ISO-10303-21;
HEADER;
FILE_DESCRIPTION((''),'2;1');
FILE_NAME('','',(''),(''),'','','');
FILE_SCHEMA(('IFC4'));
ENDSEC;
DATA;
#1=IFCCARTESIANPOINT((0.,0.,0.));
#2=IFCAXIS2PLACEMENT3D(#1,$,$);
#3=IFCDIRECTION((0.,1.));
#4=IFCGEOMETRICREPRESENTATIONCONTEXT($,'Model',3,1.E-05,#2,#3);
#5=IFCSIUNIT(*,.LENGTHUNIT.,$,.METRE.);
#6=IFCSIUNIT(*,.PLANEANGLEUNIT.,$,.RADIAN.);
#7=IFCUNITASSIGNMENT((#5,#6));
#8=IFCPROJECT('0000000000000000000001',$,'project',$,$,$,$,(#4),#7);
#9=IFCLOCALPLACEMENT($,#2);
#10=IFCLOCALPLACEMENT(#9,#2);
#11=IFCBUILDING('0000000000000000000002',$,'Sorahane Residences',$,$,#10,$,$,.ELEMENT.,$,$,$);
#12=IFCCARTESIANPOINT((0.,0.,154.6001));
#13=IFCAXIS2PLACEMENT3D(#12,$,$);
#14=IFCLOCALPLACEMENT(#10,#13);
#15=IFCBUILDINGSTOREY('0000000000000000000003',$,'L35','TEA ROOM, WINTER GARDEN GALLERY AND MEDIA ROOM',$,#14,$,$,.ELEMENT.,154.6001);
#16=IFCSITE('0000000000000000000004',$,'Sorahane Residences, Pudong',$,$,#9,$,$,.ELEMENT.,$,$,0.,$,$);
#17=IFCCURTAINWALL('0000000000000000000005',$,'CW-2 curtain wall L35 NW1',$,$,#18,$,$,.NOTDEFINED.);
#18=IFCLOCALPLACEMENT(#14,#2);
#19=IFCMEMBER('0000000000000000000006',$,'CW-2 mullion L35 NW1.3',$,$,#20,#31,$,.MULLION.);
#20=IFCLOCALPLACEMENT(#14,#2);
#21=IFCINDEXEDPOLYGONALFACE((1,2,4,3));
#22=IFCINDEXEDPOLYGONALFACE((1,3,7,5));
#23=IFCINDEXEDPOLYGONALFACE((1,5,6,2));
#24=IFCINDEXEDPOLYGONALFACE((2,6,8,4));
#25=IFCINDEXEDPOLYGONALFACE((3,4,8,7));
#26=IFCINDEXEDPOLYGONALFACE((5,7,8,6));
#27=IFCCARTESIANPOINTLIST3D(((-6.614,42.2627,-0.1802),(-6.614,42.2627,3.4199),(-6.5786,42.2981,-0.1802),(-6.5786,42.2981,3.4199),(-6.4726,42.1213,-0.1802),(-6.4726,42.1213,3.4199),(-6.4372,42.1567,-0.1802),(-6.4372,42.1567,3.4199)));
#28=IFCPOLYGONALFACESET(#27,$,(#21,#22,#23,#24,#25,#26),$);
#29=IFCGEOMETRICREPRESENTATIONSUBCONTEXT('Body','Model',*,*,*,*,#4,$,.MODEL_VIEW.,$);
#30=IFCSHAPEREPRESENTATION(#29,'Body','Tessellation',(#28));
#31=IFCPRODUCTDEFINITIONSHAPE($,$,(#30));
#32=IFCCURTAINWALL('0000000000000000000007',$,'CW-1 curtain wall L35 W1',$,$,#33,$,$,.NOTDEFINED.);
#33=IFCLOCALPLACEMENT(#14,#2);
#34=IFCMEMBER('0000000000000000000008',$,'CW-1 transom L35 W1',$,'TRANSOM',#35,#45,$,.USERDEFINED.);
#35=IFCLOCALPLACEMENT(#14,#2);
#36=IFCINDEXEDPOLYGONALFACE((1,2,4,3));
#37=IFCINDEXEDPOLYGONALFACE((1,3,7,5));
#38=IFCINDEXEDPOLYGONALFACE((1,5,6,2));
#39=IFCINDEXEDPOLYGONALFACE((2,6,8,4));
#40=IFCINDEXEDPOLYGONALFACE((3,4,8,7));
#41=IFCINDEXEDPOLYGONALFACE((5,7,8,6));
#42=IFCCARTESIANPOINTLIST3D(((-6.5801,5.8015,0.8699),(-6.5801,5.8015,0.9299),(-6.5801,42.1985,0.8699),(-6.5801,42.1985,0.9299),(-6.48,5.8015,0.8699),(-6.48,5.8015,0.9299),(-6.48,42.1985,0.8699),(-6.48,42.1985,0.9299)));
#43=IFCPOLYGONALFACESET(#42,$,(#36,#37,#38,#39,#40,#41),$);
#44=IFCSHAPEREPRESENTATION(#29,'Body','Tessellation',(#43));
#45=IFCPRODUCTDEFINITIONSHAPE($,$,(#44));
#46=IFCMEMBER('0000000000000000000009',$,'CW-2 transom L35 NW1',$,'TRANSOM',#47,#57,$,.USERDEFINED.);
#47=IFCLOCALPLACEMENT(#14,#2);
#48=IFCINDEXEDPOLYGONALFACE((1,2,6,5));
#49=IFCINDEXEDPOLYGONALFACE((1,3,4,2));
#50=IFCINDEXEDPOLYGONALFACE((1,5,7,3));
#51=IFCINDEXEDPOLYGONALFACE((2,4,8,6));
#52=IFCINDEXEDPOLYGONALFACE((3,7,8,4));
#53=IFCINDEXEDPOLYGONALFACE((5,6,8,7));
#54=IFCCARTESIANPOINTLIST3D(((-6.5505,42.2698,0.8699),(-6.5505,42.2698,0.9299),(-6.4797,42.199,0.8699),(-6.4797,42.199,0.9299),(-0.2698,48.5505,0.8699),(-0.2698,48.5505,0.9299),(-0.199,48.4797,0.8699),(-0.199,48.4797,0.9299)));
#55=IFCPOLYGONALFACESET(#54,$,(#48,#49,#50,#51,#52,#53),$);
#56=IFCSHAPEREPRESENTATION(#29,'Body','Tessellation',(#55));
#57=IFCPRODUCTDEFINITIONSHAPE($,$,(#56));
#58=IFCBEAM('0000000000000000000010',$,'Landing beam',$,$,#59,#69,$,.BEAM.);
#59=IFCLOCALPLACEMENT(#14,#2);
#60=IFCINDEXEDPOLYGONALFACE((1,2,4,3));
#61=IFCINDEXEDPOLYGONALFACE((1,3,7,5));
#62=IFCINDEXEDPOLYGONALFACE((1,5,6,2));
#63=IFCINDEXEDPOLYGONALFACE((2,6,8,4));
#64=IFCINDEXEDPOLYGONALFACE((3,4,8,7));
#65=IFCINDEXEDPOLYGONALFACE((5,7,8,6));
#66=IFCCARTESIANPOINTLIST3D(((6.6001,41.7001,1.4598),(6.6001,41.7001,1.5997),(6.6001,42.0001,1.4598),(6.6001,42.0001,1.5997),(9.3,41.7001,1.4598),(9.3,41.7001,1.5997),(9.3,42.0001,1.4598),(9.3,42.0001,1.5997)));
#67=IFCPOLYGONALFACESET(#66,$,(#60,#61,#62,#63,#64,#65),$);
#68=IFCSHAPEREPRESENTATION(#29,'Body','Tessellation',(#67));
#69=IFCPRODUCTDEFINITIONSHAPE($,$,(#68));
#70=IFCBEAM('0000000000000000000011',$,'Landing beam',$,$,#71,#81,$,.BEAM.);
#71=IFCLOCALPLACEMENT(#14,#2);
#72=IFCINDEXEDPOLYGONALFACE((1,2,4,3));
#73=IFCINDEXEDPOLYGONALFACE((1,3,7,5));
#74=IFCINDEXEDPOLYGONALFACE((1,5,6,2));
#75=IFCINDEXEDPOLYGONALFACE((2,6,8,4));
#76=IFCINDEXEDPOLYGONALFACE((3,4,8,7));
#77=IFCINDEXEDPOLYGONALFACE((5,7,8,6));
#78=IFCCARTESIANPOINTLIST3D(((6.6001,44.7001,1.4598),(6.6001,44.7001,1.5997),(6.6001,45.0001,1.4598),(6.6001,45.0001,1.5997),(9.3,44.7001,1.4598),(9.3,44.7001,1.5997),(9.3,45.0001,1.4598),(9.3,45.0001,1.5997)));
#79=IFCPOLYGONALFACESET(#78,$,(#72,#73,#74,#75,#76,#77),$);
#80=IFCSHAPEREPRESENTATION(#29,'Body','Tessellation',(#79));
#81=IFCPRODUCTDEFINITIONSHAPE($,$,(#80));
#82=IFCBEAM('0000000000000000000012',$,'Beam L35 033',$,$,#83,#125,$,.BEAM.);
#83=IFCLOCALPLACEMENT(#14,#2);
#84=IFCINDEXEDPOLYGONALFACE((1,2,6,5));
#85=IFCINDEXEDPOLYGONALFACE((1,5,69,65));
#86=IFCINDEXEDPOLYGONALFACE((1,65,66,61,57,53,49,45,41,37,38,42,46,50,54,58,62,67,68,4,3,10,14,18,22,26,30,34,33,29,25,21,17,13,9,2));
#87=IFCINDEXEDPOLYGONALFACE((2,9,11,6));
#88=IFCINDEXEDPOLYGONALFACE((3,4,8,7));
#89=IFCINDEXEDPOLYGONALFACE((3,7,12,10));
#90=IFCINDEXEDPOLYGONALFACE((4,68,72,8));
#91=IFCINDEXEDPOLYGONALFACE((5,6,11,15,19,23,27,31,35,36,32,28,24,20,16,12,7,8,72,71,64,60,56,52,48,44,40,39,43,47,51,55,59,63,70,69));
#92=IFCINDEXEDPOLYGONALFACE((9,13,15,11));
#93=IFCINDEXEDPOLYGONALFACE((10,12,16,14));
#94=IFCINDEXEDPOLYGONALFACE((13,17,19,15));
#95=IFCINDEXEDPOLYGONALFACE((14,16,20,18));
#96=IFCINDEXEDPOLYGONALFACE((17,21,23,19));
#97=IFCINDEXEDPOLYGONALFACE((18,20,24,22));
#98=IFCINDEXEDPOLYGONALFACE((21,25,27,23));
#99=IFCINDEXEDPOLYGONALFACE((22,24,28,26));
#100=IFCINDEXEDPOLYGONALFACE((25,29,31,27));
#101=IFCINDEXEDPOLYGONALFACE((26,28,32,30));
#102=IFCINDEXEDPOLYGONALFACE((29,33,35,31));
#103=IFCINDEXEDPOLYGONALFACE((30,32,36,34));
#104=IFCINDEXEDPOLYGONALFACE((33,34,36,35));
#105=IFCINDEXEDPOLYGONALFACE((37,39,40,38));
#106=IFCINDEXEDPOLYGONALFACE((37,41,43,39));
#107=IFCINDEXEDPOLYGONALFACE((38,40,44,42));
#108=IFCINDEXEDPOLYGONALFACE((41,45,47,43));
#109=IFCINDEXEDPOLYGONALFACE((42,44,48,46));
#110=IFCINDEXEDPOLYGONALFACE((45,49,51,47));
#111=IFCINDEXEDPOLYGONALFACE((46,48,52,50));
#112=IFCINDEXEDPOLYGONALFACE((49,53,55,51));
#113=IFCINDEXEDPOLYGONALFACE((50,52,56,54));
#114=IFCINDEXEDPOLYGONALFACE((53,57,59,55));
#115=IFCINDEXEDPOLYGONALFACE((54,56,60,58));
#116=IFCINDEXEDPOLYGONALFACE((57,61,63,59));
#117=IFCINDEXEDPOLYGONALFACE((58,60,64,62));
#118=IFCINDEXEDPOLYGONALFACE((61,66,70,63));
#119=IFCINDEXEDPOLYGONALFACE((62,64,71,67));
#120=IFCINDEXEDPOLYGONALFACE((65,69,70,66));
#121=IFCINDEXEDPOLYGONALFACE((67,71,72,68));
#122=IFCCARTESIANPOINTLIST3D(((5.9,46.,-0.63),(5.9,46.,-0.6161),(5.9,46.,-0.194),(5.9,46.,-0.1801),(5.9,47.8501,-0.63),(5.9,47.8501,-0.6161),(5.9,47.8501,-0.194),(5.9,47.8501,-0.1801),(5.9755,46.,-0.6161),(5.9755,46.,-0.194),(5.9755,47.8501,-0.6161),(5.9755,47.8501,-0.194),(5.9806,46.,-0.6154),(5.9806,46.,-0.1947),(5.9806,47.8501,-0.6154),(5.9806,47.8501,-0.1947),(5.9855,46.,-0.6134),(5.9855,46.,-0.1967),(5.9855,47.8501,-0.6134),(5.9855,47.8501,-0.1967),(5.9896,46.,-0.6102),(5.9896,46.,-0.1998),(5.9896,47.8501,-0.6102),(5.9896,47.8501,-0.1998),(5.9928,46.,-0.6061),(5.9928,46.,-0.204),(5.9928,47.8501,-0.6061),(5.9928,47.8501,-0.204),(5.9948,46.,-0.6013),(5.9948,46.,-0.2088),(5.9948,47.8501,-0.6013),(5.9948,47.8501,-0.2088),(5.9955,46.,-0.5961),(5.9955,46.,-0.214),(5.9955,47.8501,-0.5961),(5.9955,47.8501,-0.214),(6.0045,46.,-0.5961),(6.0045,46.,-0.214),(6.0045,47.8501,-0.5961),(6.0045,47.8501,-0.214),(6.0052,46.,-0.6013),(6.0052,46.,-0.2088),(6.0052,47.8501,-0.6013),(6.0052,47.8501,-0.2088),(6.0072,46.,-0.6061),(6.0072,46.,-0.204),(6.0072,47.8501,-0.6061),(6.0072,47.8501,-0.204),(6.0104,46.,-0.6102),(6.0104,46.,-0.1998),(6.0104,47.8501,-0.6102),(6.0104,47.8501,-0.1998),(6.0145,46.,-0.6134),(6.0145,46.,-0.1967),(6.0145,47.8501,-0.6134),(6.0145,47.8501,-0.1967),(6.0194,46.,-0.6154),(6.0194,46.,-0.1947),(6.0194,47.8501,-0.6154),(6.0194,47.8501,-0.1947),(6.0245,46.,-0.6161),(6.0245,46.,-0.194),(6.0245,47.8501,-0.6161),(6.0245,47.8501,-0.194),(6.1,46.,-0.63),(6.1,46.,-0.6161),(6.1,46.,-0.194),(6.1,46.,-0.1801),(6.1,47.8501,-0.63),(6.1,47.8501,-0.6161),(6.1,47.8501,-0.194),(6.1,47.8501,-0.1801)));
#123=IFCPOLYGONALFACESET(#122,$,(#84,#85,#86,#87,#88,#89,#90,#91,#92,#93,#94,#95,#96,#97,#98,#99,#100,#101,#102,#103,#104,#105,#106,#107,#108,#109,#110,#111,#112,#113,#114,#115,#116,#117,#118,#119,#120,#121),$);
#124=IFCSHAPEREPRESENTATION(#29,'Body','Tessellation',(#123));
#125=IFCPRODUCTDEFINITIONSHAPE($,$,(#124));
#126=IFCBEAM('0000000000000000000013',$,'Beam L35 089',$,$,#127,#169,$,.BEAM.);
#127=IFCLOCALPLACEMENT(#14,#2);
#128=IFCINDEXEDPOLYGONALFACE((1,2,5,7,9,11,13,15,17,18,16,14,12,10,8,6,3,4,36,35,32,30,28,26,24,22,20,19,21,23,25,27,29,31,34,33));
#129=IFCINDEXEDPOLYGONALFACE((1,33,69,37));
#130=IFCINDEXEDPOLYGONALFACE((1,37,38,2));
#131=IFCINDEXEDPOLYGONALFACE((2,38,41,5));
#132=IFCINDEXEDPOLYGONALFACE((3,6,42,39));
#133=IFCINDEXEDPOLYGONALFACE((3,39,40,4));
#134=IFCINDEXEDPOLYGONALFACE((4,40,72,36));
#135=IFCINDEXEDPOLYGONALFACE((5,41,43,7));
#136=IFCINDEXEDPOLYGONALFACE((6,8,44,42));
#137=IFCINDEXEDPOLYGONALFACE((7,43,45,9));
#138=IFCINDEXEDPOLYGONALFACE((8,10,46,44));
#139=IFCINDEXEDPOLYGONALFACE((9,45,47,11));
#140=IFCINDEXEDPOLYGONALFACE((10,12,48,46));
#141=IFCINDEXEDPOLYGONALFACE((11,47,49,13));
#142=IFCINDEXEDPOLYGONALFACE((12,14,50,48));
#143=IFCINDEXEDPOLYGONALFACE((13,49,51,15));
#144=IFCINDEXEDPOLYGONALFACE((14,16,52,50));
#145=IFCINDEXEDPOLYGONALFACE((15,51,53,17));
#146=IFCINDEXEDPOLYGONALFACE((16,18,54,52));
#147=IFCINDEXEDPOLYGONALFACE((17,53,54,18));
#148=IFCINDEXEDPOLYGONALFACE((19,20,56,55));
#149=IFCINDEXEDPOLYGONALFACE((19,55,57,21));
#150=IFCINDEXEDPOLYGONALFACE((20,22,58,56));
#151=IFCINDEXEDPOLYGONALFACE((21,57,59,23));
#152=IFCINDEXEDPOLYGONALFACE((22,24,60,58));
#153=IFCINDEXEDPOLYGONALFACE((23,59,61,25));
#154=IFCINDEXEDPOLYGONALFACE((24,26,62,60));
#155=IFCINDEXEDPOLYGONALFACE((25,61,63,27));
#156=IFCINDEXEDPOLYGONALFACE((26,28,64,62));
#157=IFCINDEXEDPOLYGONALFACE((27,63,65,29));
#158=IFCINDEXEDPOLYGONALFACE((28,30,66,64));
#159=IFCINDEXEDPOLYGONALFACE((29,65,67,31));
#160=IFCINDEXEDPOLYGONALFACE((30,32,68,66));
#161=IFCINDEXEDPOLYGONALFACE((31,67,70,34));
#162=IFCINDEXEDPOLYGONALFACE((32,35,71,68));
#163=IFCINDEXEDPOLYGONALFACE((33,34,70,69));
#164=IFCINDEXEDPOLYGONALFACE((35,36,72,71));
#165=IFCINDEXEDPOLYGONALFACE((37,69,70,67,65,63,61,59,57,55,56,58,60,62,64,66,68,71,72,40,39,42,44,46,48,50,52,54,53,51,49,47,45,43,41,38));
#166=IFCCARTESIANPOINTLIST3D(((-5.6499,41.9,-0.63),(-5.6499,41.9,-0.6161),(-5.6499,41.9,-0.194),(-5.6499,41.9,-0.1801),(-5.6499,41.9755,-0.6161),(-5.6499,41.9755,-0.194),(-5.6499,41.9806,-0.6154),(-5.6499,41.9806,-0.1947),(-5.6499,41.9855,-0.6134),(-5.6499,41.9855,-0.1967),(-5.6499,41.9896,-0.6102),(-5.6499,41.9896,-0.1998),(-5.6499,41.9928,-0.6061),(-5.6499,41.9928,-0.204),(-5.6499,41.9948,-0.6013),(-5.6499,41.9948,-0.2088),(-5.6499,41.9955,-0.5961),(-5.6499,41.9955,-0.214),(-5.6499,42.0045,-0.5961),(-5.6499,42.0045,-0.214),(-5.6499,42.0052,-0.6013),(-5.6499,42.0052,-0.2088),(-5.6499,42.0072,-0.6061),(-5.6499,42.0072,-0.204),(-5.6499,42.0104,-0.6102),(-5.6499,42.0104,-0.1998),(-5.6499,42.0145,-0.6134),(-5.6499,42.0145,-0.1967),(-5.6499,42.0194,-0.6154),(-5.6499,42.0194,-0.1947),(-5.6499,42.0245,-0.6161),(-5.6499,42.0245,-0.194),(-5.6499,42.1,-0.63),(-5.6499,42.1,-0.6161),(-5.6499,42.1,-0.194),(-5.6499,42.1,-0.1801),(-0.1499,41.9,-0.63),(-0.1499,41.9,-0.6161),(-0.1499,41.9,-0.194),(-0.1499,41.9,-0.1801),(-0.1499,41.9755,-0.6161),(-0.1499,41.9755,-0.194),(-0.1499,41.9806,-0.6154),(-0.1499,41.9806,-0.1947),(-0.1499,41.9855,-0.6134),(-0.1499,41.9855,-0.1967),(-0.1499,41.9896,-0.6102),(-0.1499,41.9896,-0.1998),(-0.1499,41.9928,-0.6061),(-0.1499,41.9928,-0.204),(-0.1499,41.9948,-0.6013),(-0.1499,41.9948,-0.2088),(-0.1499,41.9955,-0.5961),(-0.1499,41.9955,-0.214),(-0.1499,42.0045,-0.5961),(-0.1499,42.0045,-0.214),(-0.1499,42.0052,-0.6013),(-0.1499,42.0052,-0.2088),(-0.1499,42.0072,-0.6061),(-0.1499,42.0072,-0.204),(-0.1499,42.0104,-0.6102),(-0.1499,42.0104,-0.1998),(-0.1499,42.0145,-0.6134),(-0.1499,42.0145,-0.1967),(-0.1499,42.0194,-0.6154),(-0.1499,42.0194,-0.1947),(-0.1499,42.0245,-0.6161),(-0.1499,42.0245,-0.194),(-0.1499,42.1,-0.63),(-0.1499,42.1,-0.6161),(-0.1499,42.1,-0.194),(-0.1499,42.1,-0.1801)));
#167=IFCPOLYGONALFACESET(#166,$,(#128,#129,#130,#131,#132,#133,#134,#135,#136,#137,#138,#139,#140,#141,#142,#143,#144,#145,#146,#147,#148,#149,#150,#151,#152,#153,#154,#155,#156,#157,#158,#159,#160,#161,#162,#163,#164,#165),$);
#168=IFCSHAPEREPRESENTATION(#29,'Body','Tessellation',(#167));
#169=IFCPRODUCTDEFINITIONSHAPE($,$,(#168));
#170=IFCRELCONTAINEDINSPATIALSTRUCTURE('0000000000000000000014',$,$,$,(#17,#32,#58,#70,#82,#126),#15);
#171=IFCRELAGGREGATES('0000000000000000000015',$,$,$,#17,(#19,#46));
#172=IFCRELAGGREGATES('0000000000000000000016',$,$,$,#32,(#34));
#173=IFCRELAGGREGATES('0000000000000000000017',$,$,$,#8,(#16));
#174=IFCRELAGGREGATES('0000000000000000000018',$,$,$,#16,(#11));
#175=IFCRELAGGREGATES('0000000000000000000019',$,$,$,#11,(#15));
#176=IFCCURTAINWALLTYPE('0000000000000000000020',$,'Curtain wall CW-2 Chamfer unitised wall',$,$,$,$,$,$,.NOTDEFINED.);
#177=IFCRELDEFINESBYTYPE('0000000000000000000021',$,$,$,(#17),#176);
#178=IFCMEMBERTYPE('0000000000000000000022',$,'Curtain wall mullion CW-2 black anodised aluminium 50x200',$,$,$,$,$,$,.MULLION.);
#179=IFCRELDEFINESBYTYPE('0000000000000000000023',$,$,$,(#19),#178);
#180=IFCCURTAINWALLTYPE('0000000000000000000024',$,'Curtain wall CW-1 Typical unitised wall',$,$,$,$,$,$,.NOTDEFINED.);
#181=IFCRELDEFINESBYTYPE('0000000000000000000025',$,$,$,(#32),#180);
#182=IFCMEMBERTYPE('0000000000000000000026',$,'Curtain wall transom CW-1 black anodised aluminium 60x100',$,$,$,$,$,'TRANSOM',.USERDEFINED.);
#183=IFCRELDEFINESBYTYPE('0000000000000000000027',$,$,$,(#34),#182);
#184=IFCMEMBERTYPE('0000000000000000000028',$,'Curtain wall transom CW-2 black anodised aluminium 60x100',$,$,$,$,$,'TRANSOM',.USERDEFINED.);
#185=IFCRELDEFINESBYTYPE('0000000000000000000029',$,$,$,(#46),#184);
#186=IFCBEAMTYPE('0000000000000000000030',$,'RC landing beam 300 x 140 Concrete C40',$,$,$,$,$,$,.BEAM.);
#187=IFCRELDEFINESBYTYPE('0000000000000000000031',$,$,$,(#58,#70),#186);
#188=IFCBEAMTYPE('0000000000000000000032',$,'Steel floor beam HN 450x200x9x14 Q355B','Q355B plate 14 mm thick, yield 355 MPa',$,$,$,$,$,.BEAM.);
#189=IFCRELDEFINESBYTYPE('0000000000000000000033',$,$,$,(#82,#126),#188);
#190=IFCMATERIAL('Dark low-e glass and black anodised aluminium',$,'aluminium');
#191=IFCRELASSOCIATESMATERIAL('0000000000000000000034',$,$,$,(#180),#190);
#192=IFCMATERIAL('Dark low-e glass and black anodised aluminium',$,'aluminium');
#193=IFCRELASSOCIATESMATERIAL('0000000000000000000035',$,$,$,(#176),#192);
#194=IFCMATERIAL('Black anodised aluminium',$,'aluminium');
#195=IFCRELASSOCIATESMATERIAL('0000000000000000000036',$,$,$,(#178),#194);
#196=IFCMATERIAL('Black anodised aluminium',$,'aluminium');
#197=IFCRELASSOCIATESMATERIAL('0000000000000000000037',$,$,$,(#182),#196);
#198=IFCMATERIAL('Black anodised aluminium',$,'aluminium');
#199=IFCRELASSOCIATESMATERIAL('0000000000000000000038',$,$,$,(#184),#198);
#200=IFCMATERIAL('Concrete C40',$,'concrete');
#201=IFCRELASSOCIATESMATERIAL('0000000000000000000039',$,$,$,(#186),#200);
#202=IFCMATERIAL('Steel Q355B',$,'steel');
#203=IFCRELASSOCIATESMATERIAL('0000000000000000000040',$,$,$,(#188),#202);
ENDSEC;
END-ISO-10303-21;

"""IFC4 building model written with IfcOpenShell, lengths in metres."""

from ifc_helpers import new_model, si_unit, direction, frame, origin, origin_2d, place, context, subcontext, project, spatial, rectangle, i_section, extrude, material, material_profile, profile_set, type_object, element, aggregate, save


model = new_model("IFC4")

# Units and contexts
model_context = context("Model", 3, precision=1e-05, world=origin(), true_north=direction((0.0, 1.0)))
body_context = subcontext(model_context, "Body", "Model", "MODEL_VIEW")
ifc_project = project(units=[si_unit("LENGTHUNIT", "METRE"), si_unit("PLANEANGLEUNIT", "RADIAN")], contexts=[model_context])

# Site, building, storey
site_placement = place(None, origin())
site = spatial("IfcSite", under=ifc_project, at=site_placement, Name="Sorahane Residences, Pudong", CompositionType="ELEMENT", RefElevation=0.0)
building_placement = place(site_placement, origin())
building = spatial("IfcBuilding", under=site, at=building_placement, Name="Sorahane Residences", CompositionType="ELEMENT")
storey_placement = place(building_placement, frame((0.0, 0.0, 154.6001)))
storey = spatial("IfcBuildingStorey", under=building, at=storey_placement, Name="L35", Description="TEA ROOM, WINTER GARDEN GALLERY AND MEDIA ROOM", CompositionType="ELEMENT", Elevation=154.6001)

# Curtain wall, member
ifc_material_1 = material(Name="Dark low-e glass and black anodised aluminium", Category="aluminium")
curtain_wall_type_1 = type_object("IfcCurtainWallType", Name="Curtain wall CW-1 Typical unitised wall", PredefinedType="NOTDEFINED", material=ifc_material_1)
ifc_material_2 = material(Name="Dark low-e glass and black anodised aluminium", Category="aluminium")
curtain_wall_type_2 = type_object("IfcCurtainWallType", Name="Curtain wall CW-2 Chamfer unitised wall", PredefinedType="NOTDEFINED", material=ifc_material_2)
curtain_wall_1_placement = place(storey_placement, origin())
curtain_wall_1 = element("IfcCurtainWall", 1, at=curtain_wall_1_placement, inside=storey, type_object=curtain_wall_type_2, Name="CW-2 curtain wall L35 NW1", PredefinedType="NOTDEFINED")
ifc_material_3 = material(Name="Black anodised aluminium", Category="aluminium")
ifc_material_profile_1 = material_profile(ifc_material_3, rectangle(XDim=0.2, YDim=0.05, at=origin_2d()), Name="Curtain wall mullion CW-2 black anodised aluminium 50x200")
ifc_profile_set_1 = profile_set([ifc_material_profile_1], Name="Black anodised aluminium")
member_type_1 = type_object("IfcMemberType", Name="Curtain wall mullion CW-2 black anodised aluminium 50x200", PredefinedType="MULLION", material=ifc_profile_set_1)
member_1_placement = place(storey_placement, frame((-6.5256, 42.2097, -0.1802), z_axis=(0.0, 0.0, 1.0), x_axis=(-0.707107, 0.707107, 0.0)))
member_1 = element("IfcMember", 2, at=member_1_placement, type_object=member_type_1, Name="CW-2 mullion L35 NW1.3", PredefinedType="MULLION", context=body_context, shape_type="SweptSolid", body=[
    extrude(rectangle(XDim=0.2, YDim=0.05, at=origin_2d()), origin(), (0.0, 0.0, 1.0), 3.6001),
])

# Curtain wall, member
curtain_wall_2_placement = place(storey_placement, origin())
curtain_wall_2 = element("IfcCurtainWall", 3, at=curtain_wall_2_placement, inside=storey, type_object=curtain_wall_type_1, Name="CW-1 curtain wall L35 W1", PredefinedType="NOTDEFINED")
ifc_material_4 = material(Name="Black anodised aluminium", Category="aluminium")
ifc_material_profile_2 = material_profile(ifc_material_4, rectangle(XDim=0.1001, YDim=0.0601, at=origin_2d()), Name="Curtain wall transom CW-1 black anodised aluminium 60x100")
ifc_profile_set_2 = profile_set([ifc_material_profile_2], Name="Black anodised aluminium")
member_type_2 = type_object("IfcMemberType", Name="Curtain wall transom CW-1 black anodised aluminium 60x100", ElementType="TRANSOM", PredefinedType="USERDEFINED", material=ifc_profile_set_2)
member_2_placement = place(storey_placement, frame((-6.53, 42.1985, 0.8999), z_axis=(0.0, -1.0, 0.0), x_axis=(1.0, 0.0, 0.0)))
member_2 = element("IfcMember", 4, at=member_2_placement, type_object=member_type_2, Name="CW-1 transom L35 W1", ObjectType="TRANSOM", PredefinedType="USERDEFINED", context=body_context, shape_type="SweptSolid", body=[
    extrude(rectangle(XDim=0.1001, YDim=0.0601, at=origin_2d()), origin(), (0.0, 0.0, 1.0), 36.397),
])

# Member
ifc_material_5 = material(Name="Black anodised aluminium", Category="aluminium")
ifc_material_profile_3 = material_profile(ifc_material_5, rectangle(XDim=0.1001, YDim=0.0601, at=origin_2d()), Name="Curtain wall transom CW-2 black anodised aluminium 60x100")
ifc_profile_set_3 = profile_set([ifc_material_profile_3], Name="Black anodised aluminium")
member_type_3 = type_object("IfcMemberType", Name="Curtain wall transom CW-2 black anodised aluminium 60x100", ElementType="TRANSOM", PredefinedType="USERDEFINED", material=ifc_profile_set_3)
member_3_placement = place(storey_placement, frame((-0.2344, 48.5151, 0.8999), z_axis=(-0.707107, -0.707107, 0.0), x_axis=(0.707107, -0.707107, 0.0)))
member_3 = element("IfcMember", 5, at=member_3_placement, type_object=member_type_3, Name="CW-2 transom L35 NW1", ObjectType="TRANSOM", PredefinedType="USERDEFINED", context=body_context, shape_type="SweptSolid", body=[
    extrude(rectangle(XDim=0.1001, YDim=0.0601, at=origin_2d()), origin(), (0.0, 0.0, 1.0), 8.8823),
])

# Beams
ifc_material_6 = material(Name="Concrete C40", Category="concrete")
ifc_material_profile_4 = material_profile(ifc_material_6, rectangle(XDim=0.3, YDim=0.1399, at=origin_2d()), Name="300x140")
ifc_profile_set_4 = profile_set([ifc_material_profile_4], Name="Concrete C40")
beam_type_1 = type_object("IfcBeamType", Name="RC landing beam 300 x 140 Concrete C40", PredefinedType="BEAM", material=ifc_profile_set_4)
for number, where, z_axis, x_axis, name in (
    (6, (6.6001, 41.8501, 1.5298), (1.0, 0.0, 0.0), (0.0, 1.0, 0.0), "Landing beam"),
    (7, (6.6001, 44.8501, 1.5298), (1.0, 0.0, 0.0), (0.0, 1.0, 0.0), "Landing beam"),
):
    element("IfcBeam", number, at=place(storey_placement, frame(where, z_axis=z_axis, x_axis=x_axis)), inside=storey, type_object=beam_type_1, Name=name, PredefinedType="BEAM", context=body_context, shape_type="SweptSolid", body=[
        extrude(rectangle(XDim=0.3, YDim=0.1399, at=origin_2d()), origin(), (0.0, 0.0, 1.0), 2.7),
    ])
ifc_material_7 = material(Name="Steel Q355B", Category="steel")
ifc_material_profile_5 = material_profile(ifc_material_7, i_section(OverallWidth=0.2, OverallDepth=0.45, WebThickness=0.009, FlangeThickness=0.0139, FilletRadius=0.02, at=origin_2d()), Name="HN 450x200x9x14")
ifc_profile_set_5 = profile_set([ifc_material_profile_5], Name="Steel Q355B")
beam_type_2 = type_object("IfcBeamType", Name="Steel floor beam HN 450x200x9x14 Q355B", Description="Q355B plate 14 mm thick, yield 355 MPa", PredefinedType="BEAM", material=ifc_profile_set_5)
beam_1_placement = place(storey_placement, frame((6.0, 46.0, -0.405), z_axis=(0.0, 1.0, 0.0), x_axis=(-1.0, 0.0, 0.0)))
element("IfcBeam", 8, at=beam_1_placement, inside=storey, type_object=beam_type_2, Name="Beam L35 033", PredefinedType="BEAM", context=body_context, shape_type="SweptSolid", body=[
    extrude(i_section(OverallWidth=0.2, OverallDepth=0.45, WebThickness=0.009, FlangeThickness=0.0139, FilletRadius=0.02, at=origin_2d()), origin(), (0.0, 0.0, 1.0), 1.8501),
])
beam_2_placement = place(storey_placement, frame((-5.6499, 42.0, -0.405), z_axis=(1.0, 0.0, 0.0), x_axis=(0.0, 1.0, 0.0)))
element("IfcBeam", 9, at=beam_2_placement, inside=storey, type_object=beam_type_2, Name="Beam L35 089", PredefinedType="BEAM", context=body_context, shape_type="SweptSolid", body=[
    extrude(i_section(OverallWidth=0.2, OverallDepth=0.45, WebThickness=0.009, FlangeThickness=0.0139, FilletRadius=0.02, at=origin_2d()), origin(), (0.0, 0.0, 1.0), 5.5),
])

aggregate(curtain_wall_1, [member_1, member_3])
aggregate(curtain_wall_2, [member_2])

save(model, "model.ifc")
